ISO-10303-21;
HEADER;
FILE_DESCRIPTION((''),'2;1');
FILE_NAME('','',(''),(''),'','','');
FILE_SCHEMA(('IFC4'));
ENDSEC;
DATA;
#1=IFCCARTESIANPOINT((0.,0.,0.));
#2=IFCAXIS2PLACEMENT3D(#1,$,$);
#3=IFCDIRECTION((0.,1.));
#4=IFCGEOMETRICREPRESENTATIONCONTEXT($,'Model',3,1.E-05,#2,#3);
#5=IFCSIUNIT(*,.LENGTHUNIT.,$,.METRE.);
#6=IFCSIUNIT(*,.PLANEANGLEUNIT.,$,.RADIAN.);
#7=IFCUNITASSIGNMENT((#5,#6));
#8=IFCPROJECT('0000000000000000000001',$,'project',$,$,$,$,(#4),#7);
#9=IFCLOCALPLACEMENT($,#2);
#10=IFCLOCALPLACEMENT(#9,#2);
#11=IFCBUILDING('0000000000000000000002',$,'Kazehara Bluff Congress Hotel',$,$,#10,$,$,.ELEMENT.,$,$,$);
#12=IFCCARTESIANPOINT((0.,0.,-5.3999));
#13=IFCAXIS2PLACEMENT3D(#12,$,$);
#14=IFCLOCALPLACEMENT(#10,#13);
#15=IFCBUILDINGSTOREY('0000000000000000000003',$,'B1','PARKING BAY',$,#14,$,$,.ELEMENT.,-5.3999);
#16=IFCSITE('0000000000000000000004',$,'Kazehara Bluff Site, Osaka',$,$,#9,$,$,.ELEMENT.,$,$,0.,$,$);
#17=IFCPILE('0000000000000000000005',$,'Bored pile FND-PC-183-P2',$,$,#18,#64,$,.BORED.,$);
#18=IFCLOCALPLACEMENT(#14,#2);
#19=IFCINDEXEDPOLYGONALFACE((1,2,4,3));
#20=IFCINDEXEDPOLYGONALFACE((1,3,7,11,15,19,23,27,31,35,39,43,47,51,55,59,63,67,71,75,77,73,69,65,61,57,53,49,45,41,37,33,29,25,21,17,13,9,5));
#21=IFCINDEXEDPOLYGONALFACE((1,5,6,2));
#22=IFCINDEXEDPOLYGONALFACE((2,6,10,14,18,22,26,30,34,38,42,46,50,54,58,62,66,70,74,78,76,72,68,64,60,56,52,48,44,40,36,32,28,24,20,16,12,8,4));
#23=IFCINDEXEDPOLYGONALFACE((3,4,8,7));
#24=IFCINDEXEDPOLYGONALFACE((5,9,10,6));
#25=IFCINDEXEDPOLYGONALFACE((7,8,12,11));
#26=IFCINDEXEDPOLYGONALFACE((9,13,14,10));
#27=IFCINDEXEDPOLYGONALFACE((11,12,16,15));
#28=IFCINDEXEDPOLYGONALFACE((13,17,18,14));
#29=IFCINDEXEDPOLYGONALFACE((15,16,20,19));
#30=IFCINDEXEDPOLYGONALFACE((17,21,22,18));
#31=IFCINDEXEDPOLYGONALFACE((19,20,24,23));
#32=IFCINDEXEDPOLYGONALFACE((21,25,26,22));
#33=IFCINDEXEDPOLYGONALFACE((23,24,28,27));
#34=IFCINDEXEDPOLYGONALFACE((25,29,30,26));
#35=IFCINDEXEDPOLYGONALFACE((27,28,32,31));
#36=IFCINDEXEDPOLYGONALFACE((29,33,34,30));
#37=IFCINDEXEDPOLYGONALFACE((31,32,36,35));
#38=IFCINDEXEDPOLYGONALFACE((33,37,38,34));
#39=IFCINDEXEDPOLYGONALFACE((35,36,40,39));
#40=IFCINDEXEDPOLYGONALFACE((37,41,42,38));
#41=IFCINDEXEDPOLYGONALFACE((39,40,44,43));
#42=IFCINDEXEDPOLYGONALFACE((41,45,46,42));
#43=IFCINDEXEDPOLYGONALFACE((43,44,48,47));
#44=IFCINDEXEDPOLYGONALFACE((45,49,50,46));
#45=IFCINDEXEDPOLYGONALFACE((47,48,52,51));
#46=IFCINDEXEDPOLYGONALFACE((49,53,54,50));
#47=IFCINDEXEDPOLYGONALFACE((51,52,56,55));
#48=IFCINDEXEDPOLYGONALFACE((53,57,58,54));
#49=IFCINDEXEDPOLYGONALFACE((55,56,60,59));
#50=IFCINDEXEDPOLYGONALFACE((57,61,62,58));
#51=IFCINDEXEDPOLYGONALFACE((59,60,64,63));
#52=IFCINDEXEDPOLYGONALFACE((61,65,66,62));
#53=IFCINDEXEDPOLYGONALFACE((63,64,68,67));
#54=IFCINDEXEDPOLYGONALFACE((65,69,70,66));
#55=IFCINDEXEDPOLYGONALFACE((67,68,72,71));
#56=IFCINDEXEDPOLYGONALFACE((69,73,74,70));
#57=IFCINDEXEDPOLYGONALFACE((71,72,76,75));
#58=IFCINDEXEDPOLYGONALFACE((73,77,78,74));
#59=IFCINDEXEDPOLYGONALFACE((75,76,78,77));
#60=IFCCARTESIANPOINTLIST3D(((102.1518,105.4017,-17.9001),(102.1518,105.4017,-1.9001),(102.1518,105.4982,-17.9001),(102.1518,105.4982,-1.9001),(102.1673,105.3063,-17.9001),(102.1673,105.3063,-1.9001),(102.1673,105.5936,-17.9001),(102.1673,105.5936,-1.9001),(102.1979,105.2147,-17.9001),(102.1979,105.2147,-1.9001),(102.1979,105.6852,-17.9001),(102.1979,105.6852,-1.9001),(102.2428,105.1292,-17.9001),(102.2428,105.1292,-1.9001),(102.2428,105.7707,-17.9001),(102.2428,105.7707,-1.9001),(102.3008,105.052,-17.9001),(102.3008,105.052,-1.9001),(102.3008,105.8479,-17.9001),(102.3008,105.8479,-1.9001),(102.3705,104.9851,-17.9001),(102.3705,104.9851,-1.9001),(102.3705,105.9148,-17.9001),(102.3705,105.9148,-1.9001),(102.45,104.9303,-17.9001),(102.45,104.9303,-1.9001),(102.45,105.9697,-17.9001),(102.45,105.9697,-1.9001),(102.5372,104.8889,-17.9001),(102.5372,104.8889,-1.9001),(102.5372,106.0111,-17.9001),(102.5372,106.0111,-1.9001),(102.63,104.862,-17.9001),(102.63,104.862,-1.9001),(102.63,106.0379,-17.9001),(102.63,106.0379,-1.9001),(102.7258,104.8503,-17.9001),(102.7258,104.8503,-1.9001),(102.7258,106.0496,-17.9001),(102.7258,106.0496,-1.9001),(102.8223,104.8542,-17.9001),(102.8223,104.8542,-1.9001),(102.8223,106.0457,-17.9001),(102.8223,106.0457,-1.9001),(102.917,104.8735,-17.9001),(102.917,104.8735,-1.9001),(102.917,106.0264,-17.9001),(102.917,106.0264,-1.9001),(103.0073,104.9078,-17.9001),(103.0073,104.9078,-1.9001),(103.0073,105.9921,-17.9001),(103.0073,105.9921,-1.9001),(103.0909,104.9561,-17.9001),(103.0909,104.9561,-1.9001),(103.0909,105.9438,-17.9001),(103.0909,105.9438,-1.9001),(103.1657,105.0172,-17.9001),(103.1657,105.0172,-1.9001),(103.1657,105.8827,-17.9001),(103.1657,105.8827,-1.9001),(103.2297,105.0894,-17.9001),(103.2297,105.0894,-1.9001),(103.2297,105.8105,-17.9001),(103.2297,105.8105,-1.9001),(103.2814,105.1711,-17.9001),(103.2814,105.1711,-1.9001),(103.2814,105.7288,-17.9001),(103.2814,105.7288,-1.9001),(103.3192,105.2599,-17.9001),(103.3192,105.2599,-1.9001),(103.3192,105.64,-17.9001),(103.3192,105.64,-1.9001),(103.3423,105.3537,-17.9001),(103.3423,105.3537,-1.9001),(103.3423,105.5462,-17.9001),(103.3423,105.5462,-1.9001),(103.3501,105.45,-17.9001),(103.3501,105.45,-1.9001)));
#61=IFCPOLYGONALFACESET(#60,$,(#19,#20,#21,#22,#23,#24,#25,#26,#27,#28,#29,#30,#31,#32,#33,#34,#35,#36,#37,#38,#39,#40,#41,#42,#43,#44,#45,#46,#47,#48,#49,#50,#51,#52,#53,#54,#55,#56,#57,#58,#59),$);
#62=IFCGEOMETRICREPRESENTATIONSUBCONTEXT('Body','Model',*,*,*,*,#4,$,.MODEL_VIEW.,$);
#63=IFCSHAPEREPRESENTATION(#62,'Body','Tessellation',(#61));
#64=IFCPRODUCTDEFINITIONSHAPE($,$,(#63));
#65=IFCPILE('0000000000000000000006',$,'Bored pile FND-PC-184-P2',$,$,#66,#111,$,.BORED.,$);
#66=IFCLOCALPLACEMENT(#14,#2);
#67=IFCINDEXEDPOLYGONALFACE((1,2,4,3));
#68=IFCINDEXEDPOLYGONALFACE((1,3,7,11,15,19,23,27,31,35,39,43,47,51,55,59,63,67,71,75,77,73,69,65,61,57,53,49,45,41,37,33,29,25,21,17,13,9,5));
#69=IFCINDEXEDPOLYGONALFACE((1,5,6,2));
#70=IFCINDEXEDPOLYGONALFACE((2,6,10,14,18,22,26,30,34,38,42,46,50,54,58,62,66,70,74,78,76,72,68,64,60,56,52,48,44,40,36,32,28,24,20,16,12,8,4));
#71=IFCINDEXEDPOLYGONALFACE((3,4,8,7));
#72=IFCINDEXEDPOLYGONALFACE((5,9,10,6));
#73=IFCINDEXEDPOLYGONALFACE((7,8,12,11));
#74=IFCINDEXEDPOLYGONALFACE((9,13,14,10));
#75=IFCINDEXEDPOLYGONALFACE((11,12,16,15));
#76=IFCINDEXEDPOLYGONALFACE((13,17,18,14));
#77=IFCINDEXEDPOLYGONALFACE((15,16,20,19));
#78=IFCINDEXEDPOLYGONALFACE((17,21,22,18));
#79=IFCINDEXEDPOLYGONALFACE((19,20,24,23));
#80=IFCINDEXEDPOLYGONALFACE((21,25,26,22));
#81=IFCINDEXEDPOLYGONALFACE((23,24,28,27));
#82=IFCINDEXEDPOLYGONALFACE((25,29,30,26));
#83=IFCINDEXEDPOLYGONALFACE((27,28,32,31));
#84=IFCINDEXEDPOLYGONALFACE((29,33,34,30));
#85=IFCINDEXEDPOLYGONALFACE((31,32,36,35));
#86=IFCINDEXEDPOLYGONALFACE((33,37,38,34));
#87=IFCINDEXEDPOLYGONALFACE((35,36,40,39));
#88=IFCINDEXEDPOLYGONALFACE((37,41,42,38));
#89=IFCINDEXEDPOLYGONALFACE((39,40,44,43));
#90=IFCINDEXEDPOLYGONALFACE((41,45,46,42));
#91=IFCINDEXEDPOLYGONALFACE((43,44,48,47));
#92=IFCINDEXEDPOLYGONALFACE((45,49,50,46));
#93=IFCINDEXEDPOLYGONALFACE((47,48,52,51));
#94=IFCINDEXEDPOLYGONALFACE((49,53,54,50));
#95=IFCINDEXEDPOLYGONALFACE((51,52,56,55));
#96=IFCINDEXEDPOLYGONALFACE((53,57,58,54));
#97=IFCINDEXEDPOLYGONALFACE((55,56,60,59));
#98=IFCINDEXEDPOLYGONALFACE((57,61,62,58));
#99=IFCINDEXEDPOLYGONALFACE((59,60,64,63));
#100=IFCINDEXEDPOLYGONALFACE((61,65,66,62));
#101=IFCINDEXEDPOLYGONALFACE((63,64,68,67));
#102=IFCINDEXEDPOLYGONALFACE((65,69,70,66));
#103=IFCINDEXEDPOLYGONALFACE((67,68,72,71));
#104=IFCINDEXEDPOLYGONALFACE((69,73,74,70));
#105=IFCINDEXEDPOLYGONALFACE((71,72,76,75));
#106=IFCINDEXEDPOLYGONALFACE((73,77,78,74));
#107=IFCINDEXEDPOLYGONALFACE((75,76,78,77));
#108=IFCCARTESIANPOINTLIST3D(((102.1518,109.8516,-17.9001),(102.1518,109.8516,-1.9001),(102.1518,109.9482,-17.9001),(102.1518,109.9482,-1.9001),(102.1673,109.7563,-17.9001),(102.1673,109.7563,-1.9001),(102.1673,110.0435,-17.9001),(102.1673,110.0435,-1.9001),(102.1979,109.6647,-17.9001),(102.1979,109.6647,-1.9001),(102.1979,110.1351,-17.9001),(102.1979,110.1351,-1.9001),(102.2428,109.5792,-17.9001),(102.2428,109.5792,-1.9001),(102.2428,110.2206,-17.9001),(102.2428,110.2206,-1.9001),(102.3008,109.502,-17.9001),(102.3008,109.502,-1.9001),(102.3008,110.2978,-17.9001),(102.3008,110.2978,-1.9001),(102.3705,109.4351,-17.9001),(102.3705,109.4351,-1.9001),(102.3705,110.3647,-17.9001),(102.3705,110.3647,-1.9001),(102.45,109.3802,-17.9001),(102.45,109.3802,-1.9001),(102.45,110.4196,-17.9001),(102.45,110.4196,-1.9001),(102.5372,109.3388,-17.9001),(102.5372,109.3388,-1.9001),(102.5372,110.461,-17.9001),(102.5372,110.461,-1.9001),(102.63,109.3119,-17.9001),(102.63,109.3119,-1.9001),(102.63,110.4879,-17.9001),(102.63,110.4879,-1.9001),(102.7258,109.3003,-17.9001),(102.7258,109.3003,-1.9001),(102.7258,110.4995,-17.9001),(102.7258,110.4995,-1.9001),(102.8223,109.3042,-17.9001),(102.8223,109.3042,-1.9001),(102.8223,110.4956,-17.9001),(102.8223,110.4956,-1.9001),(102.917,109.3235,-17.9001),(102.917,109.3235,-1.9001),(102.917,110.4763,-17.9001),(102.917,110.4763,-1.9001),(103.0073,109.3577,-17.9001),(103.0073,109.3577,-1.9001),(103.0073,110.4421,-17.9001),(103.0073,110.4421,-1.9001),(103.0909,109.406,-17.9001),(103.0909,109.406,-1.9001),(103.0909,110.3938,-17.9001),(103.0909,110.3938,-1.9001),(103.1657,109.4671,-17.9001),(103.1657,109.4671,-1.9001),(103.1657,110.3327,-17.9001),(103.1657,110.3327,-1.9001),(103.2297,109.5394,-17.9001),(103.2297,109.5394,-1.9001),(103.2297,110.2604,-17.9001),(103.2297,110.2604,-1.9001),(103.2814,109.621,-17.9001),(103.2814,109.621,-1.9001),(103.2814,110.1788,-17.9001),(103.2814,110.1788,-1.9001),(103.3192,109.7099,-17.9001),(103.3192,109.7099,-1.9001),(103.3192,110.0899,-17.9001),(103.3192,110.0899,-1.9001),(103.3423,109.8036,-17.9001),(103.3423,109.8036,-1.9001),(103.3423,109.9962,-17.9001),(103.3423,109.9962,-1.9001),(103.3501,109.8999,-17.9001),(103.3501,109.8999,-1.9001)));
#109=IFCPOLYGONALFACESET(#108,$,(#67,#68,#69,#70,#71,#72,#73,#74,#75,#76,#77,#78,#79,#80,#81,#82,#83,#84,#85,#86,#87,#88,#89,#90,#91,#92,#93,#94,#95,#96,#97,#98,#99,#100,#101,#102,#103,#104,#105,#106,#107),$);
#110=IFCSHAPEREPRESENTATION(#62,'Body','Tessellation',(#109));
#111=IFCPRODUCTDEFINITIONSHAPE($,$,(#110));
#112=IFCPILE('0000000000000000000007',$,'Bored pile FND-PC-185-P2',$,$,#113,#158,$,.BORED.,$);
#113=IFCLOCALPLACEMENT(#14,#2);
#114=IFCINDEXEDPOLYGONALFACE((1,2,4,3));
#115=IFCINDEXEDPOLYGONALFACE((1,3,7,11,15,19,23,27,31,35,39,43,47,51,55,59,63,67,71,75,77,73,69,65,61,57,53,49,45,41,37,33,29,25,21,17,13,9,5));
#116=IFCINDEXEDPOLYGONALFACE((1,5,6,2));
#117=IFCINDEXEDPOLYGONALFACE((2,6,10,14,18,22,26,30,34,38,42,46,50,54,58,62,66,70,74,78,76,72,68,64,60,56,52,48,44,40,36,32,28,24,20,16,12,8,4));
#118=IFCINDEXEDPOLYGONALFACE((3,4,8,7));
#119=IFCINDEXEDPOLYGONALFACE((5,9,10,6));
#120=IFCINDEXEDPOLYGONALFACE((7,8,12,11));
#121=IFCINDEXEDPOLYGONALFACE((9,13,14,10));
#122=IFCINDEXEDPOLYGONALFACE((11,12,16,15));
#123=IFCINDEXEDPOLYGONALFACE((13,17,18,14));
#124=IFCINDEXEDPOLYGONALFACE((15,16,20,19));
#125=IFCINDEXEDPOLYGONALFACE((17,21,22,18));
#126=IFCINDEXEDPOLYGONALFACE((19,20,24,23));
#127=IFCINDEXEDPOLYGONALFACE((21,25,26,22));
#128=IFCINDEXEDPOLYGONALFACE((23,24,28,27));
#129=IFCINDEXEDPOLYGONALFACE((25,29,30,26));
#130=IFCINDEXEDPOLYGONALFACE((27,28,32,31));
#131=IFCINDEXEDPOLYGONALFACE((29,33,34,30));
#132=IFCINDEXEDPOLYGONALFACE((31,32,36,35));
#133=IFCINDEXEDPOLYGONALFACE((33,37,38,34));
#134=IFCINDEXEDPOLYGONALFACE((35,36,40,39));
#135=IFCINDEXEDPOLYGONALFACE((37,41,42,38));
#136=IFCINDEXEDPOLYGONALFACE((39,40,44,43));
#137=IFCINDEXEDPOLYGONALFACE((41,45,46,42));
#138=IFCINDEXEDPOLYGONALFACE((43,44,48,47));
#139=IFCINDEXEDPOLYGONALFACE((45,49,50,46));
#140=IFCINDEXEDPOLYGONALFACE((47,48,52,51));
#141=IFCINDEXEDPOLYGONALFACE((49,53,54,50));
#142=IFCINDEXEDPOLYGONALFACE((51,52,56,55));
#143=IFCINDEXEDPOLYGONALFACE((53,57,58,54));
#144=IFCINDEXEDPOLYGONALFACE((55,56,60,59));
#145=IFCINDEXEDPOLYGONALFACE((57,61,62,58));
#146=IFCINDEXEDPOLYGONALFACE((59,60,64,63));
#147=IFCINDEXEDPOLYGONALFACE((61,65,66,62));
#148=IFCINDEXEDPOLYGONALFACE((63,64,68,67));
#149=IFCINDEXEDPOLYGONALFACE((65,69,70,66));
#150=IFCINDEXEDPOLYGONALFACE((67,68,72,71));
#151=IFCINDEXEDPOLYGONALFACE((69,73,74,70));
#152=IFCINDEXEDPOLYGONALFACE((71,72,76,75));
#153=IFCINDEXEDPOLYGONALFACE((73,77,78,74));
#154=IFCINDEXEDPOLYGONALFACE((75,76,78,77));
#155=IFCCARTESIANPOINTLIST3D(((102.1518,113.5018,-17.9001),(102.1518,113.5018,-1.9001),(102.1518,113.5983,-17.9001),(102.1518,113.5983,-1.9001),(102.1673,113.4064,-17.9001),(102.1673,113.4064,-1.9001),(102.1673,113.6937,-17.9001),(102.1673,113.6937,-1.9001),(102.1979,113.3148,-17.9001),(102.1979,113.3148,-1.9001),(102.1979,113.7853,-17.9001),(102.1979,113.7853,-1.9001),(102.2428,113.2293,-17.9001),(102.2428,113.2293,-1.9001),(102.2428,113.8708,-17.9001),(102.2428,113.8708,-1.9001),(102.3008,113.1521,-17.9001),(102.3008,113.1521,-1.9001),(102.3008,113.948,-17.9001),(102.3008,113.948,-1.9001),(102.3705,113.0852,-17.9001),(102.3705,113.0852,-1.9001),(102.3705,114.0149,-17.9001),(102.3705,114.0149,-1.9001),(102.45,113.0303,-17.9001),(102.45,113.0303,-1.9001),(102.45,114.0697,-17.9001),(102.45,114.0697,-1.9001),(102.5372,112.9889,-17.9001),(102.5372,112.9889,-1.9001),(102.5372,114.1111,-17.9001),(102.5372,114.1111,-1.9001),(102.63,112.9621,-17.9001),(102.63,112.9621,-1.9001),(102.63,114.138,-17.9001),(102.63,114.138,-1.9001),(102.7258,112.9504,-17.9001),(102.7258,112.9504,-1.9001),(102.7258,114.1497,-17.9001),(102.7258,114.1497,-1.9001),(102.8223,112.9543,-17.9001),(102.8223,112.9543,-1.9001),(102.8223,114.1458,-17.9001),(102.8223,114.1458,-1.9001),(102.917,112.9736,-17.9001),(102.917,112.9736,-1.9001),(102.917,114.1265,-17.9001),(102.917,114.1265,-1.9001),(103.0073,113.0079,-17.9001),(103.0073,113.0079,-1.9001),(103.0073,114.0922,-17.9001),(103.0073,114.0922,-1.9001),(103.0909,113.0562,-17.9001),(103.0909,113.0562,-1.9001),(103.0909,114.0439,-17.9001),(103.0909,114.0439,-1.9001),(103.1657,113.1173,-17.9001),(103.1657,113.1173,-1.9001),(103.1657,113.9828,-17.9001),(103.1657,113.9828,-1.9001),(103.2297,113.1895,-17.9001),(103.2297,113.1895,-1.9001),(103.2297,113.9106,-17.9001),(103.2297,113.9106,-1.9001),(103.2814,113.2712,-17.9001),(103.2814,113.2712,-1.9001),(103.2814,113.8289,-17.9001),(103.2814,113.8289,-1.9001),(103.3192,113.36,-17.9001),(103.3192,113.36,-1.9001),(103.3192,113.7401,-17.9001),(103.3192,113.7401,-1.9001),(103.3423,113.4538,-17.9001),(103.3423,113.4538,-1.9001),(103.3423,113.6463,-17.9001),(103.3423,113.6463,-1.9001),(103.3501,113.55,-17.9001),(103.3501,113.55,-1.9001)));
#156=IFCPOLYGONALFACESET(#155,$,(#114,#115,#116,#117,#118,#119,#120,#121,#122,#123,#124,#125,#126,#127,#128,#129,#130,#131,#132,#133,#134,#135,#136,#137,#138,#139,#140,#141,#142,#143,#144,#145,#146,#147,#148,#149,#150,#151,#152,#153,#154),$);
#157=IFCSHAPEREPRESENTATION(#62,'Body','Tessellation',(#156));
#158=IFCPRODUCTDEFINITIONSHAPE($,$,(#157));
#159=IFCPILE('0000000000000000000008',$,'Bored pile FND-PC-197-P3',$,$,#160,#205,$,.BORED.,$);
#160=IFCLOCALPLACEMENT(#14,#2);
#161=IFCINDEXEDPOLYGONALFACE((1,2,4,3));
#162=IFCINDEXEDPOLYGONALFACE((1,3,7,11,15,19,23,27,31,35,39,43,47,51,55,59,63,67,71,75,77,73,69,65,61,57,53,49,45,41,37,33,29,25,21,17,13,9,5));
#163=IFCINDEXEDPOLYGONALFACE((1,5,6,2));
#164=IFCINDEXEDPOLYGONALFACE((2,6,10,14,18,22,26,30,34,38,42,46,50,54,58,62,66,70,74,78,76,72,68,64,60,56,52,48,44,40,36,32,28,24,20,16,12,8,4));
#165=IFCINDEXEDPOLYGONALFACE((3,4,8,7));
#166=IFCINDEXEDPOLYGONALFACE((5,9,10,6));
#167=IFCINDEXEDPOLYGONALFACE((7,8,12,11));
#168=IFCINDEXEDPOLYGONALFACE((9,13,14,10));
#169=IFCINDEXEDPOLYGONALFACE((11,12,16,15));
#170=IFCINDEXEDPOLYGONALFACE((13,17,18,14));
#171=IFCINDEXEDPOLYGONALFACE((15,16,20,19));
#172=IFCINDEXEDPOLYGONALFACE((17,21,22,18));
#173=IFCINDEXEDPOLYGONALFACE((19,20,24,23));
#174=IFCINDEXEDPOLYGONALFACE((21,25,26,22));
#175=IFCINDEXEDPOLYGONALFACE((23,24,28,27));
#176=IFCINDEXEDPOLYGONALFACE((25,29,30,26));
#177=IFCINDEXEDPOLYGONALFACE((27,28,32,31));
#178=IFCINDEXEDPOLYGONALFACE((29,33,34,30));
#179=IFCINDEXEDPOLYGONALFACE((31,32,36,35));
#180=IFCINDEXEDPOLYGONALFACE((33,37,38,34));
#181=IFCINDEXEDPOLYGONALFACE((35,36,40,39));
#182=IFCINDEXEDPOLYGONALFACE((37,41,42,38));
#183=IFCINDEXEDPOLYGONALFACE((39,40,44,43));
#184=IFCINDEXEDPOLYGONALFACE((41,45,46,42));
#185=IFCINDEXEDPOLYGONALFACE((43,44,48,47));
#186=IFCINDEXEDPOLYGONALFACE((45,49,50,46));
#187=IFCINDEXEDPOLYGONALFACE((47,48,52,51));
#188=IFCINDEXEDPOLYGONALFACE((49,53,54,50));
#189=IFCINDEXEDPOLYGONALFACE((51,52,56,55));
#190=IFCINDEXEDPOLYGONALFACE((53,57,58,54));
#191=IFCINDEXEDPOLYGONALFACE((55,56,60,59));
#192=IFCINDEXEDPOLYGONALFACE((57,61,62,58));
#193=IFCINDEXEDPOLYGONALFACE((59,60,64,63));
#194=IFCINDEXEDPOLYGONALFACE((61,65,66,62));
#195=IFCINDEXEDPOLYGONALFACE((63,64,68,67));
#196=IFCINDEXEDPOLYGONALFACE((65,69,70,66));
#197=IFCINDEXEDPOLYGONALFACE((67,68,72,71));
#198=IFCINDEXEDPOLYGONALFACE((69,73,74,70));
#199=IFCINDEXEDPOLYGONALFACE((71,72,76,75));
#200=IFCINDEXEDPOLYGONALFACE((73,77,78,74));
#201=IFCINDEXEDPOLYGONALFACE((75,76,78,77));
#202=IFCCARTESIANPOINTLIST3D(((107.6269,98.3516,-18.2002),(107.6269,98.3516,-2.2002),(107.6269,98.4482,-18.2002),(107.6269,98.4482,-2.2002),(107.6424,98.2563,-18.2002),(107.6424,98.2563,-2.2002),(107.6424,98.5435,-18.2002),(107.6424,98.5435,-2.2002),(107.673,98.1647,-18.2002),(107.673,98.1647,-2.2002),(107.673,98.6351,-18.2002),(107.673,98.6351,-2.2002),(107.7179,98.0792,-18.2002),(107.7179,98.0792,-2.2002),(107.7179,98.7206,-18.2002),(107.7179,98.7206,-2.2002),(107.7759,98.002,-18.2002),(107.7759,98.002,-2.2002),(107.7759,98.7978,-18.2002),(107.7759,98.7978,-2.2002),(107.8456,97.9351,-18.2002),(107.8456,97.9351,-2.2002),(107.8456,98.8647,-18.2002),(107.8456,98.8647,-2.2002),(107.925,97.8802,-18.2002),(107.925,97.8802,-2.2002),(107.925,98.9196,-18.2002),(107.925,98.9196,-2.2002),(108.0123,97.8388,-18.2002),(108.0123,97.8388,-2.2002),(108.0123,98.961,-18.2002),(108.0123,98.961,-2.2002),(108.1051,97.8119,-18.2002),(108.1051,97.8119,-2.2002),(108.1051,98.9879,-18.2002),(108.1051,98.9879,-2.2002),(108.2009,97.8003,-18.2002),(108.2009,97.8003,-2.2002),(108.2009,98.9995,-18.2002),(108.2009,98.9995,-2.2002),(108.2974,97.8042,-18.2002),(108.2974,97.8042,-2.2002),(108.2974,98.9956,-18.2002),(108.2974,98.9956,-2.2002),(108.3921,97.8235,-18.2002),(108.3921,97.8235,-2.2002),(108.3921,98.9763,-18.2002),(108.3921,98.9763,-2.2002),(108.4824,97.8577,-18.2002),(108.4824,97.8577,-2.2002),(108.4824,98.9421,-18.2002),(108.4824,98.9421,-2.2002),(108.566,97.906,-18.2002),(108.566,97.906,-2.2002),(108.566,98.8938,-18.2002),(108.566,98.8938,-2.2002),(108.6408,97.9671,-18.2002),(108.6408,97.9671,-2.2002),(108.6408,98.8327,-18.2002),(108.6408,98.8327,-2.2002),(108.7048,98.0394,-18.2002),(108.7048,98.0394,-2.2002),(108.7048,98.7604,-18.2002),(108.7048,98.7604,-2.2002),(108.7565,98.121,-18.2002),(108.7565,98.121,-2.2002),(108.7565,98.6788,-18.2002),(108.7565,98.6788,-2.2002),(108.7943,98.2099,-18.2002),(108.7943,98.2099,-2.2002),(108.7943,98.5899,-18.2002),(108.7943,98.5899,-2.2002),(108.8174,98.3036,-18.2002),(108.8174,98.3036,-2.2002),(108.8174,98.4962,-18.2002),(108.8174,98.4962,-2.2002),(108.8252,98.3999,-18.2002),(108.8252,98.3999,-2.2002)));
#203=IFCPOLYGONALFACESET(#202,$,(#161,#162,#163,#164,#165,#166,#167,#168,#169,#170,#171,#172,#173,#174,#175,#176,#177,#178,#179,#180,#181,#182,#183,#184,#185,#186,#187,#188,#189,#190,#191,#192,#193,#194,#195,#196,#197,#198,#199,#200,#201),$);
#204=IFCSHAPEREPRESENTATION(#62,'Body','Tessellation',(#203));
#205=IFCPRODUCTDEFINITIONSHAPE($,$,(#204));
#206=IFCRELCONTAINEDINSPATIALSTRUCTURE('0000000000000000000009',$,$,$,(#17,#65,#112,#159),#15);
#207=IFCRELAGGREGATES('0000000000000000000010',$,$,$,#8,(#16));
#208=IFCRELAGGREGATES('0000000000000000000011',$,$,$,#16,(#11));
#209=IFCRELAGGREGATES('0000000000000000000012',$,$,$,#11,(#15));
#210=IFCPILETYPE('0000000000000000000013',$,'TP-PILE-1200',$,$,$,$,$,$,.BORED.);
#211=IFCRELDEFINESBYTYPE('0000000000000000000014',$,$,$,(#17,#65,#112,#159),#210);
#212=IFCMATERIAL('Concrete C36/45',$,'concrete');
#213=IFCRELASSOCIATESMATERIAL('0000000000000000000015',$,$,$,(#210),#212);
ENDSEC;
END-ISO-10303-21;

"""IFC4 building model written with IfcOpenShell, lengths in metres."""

from ifc_helpers import new_model, si_unit, direction, frame, origin, origin_2d, place, context, subcontext, project, spatial, circle, extrude, material, material_profile, profile_set, type_object, element, save


model = new_model("IFC4")

# Units and contexts
model_context = context("Model", 3, precision=1e-05, world=origin(), true_north=direction((0.0, 1.0)))
body_context = subcontext(model_context, "Body", "Model", "MODEL_VIEW")
ifc_project = project(units=[si_unit("LENGTHUNIT", "METRE"), si_unit("PLANEANGLEUNIT", "RADIAN")], contexts=[model_context])

# Site, building, storey
site_placement = place(None, origin())
site = spatial("IfcSite", under=ifc_project, at=site_placement, Name="Kazehara Bluff Site, Osaka", CompositionType="ELEMENT", RefElevation=0.0)
building_placement = place(site_placement, origin())
building = spatial("IfcBuilding", under=site, at=building_placement, Name="Kazehara Bluff Congress Hotel", CompositionType="ELEMENT")
storey_placement = place(building_placement, frame((0.0, 0.0, -5.3999)))
storey = spatial("IfcBuildingStorey", under=building, at=storey_placement, Name="B1", Description="PARKING BAY", CompositionType="ELEMENT", Elevation=-5.3999)

# Piles
ifc_material_1 = material(Name="Concrete C36/45", Category="concrete")
ifc_material_profile_1 = material_profile(ifc_material_1, circle(Radius=0.6001, at=origin_2d()))
ifc_profile_set_1 = profile_set([ifc_material_profile_1], Name="Concrete C36/45")
pile_type = type_object("IfcPileType", Name="TP-PILE-1200", PredefinedType="BORED", material=ifc_profile_set_1)
for number, where, z_axis, x_axis, name in (
    (1, (102.75, 105.45, -1.9001), (0.0, 0.0, -1.0), (1.0, 0.0, 0.0), "Bored pile FND-PC-183-P2"),
    (2, (102.75, 109.8999, -1.9001), (0.0, 0.0, -1.0), (1.0, 0.0, 0.0), "Bored pile FND-PC-184-P2"),
    (3, (102.75, 113.55, -1.9001), (0.0, 0.0, -1.0), (1.0, 0.0, 0.0), "Bored pile FND-PC-185-P2"),
    (4, (108.2251, 98.3999, -2.2002), (0.0, 0.0, -1.0), (1.0, 0.0, 0.0), "Bored pile FND-PC-197-P3"),
):
    element("IfcPile", number, at=place(storey_placement, frame(where, z_axis=z_axis, x_axis=x_axis)), inside=storey, type_object=pile_type, Name=name, PredefinedType="BORED", context=body_context, shape_type="SweptSolid", body=[
        extrude(circle(Radius=0.6001, at=origin_2d()), origin(), (0.0, 0.0, 1.0), 16.0),
    ])

save(model, "model.ifc")
